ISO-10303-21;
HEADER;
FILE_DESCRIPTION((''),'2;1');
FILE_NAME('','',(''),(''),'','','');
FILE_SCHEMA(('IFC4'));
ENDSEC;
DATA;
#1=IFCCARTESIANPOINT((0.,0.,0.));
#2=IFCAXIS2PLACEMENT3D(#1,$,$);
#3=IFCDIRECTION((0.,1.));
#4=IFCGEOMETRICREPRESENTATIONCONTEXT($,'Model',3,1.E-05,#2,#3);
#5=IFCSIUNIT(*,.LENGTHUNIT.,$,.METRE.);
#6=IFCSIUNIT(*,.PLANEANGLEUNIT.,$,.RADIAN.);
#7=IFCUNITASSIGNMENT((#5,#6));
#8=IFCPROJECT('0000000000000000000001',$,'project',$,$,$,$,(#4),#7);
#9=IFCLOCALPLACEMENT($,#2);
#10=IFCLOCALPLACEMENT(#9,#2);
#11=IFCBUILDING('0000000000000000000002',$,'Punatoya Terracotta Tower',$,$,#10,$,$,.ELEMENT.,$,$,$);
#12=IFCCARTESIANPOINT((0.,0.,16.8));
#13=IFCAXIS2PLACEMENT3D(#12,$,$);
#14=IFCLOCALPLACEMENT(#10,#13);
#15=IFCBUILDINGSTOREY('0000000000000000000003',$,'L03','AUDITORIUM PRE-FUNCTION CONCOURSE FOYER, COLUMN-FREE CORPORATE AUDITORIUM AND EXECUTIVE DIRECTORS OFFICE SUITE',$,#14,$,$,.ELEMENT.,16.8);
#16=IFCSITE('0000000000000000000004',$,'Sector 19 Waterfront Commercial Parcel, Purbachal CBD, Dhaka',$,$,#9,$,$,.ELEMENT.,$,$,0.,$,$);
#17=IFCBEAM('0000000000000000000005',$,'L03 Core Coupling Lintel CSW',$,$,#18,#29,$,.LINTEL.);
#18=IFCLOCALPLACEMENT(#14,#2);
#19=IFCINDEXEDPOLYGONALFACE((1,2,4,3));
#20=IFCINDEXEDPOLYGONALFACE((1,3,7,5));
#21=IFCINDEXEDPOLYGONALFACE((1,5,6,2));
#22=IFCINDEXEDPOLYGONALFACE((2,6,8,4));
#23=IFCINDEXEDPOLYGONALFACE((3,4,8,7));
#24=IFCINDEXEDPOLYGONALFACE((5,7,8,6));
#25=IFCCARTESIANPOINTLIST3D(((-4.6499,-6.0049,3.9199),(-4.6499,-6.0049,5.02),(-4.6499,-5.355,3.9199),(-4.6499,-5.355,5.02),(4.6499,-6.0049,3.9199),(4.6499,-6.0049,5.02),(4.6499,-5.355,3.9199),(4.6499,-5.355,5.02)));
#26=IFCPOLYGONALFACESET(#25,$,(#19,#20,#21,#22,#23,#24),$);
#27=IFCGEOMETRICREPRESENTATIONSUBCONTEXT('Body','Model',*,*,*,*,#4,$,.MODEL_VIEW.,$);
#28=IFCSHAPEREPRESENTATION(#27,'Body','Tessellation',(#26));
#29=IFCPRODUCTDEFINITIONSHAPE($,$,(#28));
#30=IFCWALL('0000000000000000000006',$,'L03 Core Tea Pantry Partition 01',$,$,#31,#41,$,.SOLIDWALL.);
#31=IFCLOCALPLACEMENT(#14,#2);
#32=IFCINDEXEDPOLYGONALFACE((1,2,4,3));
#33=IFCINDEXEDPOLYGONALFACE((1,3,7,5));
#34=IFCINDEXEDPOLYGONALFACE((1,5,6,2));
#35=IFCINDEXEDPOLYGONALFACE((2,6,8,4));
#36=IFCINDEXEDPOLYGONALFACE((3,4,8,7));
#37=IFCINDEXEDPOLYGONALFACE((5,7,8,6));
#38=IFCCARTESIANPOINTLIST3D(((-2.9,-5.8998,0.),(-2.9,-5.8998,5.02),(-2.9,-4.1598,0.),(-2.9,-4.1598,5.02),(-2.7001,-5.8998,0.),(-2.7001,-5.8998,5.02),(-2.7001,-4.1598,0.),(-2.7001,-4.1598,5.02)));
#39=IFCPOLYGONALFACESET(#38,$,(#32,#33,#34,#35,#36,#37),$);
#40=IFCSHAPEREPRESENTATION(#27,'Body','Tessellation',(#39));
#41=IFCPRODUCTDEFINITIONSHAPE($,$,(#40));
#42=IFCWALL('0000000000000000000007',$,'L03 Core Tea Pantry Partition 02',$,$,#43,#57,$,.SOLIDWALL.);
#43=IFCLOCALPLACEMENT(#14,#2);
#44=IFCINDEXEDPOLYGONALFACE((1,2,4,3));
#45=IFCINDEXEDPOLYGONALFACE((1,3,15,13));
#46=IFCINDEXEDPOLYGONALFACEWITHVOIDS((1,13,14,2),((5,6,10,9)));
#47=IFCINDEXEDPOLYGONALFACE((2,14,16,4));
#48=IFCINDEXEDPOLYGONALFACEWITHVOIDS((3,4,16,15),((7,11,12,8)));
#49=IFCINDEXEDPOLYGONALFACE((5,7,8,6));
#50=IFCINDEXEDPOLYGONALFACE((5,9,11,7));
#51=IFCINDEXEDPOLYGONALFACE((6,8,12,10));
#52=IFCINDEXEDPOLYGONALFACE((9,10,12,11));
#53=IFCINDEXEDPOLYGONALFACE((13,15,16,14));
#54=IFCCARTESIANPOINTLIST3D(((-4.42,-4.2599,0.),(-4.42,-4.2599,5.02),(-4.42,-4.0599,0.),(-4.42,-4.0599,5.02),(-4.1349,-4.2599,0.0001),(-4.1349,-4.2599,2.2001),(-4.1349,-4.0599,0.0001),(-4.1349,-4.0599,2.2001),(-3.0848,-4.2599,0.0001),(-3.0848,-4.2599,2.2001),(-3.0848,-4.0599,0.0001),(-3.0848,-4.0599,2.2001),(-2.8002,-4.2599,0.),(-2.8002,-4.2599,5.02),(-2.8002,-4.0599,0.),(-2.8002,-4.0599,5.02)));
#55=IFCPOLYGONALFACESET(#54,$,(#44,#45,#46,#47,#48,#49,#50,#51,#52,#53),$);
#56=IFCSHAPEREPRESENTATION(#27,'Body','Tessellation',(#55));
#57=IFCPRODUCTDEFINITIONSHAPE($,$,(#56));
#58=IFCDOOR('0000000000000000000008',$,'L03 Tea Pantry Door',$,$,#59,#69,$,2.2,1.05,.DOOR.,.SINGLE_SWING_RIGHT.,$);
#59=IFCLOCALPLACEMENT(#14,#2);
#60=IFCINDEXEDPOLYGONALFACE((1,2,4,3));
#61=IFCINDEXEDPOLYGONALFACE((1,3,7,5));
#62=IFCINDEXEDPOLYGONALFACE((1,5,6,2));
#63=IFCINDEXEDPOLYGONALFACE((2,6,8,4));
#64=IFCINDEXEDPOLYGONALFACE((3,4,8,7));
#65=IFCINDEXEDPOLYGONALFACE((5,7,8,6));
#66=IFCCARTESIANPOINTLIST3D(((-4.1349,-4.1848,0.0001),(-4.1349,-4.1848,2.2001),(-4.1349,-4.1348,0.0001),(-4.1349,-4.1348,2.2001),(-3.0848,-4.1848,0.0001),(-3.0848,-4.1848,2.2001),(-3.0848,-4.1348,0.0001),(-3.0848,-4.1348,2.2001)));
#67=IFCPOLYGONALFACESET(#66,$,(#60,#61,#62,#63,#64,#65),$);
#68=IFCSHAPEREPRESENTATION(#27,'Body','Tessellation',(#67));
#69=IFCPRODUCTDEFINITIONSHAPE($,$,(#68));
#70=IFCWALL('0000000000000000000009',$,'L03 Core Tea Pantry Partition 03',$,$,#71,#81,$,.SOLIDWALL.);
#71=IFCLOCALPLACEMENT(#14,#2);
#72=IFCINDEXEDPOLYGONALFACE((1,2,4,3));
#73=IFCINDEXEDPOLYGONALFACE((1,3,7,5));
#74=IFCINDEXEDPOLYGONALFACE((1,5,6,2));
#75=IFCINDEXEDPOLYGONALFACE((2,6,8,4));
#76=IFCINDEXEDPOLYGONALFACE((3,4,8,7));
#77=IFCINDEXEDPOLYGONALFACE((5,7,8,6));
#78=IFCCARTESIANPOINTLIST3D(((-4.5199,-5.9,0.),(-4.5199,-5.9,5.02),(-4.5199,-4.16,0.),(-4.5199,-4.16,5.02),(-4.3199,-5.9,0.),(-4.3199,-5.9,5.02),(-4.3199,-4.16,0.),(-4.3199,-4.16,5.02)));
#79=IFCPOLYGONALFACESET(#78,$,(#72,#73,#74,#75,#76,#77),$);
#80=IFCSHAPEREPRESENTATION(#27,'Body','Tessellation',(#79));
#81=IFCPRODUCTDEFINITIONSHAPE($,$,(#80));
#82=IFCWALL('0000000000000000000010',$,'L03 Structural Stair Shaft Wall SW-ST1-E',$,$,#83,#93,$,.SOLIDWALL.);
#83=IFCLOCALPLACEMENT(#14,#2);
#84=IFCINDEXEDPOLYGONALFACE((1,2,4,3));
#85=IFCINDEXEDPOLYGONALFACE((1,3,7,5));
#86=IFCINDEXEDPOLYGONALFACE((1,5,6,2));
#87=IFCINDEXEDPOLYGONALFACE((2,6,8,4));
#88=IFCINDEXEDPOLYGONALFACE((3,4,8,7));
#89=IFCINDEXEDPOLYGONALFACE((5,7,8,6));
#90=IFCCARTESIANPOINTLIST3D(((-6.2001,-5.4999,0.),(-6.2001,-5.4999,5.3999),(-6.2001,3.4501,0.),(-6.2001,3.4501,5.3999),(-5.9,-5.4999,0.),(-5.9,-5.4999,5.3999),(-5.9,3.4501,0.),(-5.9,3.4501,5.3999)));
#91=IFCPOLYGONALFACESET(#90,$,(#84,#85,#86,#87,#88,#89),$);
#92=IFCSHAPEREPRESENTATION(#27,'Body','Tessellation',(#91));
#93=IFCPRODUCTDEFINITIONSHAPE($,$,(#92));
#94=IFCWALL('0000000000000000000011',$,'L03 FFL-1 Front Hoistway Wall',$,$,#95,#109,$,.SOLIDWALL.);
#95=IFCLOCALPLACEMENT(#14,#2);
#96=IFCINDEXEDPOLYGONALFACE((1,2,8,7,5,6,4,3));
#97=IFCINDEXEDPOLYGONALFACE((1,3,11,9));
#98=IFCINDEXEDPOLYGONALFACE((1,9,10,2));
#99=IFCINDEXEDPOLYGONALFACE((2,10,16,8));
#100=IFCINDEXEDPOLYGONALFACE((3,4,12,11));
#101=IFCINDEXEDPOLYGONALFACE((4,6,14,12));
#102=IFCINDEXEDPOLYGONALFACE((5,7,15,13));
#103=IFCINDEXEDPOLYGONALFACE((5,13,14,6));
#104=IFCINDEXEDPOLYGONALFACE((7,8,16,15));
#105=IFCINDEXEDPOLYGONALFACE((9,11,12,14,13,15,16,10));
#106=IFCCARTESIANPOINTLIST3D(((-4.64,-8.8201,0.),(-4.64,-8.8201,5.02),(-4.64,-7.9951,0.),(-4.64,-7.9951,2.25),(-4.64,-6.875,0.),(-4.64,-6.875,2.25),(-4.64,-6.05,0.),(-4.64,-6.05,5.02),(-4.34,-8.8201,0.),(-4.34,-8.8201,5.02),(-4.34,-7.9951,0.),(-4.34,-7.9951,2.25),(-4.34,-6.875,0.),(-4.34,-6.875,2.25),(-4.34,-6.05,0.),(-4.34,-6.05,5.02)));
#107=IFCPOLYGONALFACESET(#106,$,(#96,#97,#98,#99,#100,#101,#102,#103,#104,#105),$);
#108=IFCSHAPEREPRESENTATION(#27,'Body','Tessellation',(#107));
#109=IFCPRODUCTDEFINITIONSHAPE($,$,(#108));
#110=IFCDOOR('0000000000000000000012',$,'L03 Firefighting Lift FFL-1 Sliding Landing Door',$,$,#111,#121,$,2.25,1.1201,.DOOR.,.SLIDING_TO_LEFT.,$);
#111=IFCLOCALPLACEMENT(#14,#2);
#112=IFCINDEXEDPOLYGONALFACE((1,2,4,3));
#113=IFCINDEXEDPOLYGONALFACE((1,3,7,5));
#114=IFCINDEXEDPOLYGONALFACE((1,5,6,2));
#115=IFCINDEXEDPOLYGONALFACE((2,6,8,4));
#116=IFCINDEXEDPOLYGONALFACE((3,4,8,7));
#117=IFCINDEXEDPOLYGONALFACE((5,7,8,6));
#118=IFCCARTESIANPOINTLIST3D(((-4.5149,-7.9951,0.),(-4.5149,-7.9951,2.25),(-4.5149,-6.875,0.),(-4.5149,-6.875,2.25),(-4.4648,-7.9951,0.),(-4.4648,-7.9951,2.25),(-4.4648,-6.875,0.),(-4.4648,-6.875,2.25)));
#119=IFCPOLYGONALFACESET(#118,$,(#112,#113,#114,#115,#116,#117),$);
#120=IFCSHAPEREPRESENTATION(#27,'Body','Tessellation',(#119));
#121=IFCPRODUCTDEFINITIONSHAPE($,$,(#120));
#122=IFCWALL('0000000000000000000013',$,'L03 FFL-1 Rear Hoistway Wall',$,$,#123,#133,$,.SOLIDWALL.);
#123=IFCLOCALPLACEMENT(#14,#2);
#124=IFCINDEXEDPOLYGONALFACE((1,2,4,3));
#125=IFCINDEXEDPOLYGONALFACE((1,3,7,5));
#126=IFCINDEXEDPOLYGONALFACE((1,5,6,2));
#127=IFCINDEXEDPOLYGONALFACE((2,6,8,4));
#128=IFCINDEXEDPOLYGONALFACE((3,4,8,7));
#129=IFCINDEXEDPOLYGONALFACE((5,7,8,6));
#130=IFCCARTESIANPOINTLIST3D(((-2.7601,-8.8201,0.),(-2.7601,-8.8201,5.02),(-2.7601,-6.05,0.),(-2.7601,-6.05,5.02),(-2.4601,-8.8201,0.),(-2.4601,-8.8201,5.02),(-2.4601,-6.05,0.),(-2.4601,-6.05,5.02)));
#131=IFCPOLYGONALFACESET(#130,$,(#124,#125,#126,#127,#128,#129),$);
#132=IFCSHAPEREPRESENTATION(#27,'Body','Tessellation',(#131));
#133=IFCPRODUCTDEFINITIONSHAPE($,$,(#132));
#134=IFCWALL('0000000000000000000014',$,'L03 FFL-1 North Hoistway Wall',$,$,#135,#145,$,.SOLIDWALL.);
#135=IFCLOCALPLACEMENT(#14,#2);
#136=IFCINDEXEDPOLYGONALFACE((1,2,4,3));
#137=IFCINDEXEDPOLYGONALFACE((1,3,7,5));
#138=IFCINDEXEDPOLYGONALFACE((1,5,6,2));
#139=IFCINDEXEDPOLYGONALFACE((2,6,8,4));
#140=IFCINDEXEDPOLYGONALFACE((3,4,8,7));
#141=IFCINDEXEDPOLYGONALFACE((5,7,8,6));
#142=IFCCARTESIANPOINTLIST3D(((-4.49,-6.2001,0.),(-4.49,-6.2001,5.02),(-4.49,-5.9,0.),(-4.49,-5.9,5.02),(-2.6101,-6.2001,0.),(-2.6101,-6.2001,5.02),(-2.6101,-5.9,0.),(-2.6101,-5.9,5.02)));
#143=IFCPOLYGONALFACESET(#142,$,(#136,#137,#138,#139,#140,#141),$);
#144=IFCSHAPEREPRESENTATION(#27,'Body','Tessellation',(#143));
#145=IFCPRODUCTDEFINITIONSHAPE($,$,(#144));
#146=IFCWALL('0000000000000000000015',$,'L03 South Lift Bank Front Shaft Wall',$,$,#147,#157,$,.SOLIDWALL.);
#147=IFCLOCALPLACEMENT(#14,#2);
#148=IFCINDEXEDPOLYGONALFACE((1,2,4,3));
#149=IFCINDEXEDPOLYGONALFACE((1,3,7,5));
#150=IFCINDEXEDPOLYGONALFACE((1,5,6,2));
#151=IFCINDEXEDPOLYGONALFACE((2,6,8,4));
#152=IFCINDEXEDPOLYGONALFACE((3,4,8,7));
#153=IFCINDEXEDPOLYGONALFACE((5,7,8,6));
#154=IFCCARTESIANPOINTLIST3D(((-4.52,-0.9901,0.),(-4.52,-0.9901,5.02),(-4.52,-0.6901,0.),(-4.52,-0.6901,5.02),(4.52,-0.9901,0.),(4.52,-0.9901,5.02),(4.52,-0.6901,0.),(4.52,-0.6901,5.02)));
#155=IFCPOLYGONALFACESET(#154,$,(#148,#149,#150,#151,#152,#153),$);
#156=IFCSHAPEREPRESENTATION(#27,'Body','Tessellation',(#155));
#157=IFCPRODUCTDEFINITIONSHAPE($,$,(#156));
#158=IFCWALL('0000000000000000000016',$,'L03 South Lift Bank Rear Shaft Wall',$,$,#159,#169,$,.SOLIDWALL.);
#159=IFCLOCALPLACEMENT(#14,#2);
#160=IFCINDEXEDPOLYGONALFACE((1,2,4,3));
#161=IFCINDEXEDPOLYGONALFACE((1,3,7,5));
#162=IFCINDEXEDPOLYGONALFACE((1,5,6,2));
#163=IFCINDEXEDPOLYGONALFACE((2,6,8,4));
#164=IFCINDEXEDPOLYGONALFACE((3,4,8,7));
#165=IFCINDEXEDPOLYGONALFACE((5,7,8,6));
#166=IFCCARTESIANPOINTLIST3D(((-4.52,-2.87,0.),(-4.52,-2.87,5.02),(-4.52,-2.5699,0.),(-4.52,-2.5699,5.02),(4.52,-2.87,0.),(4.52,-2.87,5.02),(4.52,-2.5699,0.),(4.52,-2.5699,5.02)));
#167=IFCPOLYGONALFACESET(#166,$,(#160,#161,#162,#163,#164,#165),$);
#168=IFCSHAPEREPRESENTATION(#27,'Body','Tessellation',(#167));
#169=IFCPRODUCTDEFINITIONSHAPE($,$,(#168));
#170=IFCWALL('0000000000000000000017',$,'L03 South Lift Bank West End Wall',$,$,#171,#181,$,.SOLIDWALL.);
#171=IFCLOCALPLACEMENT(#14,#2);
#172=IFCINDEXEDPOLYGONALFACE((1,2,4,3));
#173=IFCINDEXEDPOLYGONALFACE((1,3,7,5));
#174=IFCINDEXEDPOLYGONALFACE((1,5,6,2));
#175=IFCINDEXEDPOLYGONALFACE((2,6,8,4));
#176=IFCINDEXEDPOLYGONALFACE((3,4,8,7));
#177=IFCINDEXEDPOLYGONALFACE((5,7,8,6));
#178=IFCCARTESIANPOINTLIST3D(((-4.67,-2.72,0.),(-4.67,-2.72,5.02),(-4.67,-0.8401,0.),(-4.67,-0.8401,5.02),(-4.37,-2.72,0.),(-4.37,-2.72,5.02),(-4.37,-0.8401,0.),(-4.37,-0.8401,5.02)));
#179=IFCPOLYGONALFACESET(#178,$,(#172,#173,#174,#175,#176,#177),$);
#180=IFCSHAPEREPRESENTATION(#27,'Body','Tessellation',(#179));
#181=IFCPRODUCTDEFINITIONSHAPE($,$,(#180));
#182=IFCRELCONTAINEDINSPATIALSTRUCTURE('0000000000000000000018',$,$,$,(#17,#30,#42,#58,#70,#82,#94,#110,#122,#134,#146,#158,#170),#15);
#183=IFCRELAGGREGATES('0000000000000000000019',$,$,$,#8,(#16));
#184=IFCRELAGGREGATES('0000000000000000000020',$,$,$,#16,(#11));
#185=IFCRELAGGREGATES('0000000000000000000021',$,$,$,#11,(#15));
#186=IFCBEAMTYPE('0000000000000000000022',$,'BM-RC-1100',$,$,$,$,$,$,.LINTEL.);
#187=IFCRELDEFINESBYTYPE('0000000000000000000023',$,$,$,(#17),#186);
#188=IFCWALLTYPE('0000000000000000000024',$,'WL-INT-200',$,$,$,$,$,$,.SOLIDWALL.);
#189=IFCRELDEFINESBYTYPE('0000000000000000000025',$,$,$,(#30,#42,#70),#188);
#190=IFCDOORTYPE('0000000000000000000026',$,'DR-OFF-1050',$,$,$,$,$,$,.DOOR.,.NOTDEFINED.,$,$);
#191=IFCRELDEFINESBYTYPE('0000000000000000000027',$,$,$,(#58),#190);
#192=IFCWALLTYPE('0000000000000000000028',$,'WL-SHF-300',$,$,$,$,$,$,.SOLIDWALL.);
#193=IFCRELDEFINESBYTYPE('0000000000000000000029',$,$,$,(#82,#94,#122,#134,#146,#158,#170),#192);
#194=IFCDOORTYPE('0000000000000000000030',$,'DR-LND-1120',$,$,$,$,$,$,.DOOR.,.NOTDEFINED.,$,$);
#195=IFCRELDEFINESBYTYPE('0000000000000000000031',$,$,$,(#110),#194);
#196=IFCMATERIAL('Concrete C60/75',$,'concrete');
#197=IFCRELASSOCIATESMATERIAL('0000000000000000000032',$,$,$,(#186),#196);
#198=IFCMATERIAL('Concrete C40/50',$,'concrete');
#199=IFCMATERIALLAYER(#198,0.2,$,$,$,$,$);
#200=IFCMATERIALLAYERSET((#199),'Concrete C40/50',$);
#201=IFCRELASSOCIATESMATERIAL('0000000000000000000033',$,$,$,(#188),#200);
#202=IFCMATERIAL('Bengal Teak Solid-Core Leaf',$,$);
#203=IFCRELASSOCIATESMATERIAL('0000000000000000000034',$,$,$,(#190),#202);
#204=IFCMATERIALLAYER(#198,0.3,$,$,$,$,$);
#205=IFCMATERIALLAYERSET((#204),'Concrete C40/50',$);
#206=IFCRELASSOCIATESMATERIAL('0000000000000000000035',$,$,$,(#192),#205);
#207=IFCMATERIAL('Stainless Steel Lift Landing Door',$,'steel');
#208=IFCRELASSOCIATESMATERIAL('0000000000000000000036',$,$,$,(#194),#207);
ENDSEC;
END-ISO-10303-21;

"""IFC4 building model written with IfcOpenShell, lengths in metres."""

from ifc_helpers import new_model, si_unit, direction, frame, frame_2d, origin, origin_2d, place, context, subcontext, project, spatial, rectangle, extrude, material, layer, layer_set, material_profile, profile_set, type_object, element, fill, save


model = new_model("IFC4")

# Units and contexts
model_context = context("Model", 3, precision=1e-05, world=origin(), true_north=direction((0.0, 1.0)))
body_context = subcontext(model_context, "Body", "Model", "MODEL_VIEW")
ifc_project = project(units=[si_unit("LENGTHUNIT", "METRE"), si_unit("PLANEANGLEUNIT", "RADIAN")], contexts=[model_context])

# Site, building, storey
site_placement = place(None, origin())
site = spatial("IfcSite", under=ifc_project, at=site_placement, Name="Sector 19 Waterfront Commercial Parcel, Purbachal CBD, Dhaka", CompositionType="ELEMENT", RefElevation=0.0)
building_placement = place(site_placement, origin())
building = spatial("IfcBuilding", under=site, at=building_placement, Name="Punatoya Terracotta Tower", CompositionType="ELEMENT")
storey_placement = place(building_placement, frame((0.0, 0.0, 16.8)))
storey = spatial("IfcBuildingStorey", under=building, at=storey_placement, Name="L03", Description="AUDITORIUM PRE-FUNCTION CONCOURSE FOYER, COLUMN-FREE CORPORATE AUDITORIUM AND EXECUTIVE DIRECTORS OFFICE SUITE", CompositionType="ELEMENT", Elevation=16.8)

# Beam
ifc_material_1 = material(Name="Concrete C60/75", Category="concrete")
ifc_material_profile = material_profile(ifc_material_1, rectangle(XDim=0.6499, YDim=1.1001, at=origin_2d()))
ifc_profile_set = profile_set([ifc_material_profile], Name="Concrete C60/75")
beam_type = type_object("IfcBeamType", Name="BM-RC-1100", PredefinedType="LINTEL", material=ifc_profile_set)
beam_placement = place(storey_placement, frame((-4.6499, -5.6799, 4.47), z_axis=(1.0, 0.0, 0.0), x_axis=(0.0, 1.0, 0.0)))
element("IfcBeam", 1, at=beam_placement, inside=storey, type_object=beam_type, Name="L03 Core Coupling Lintel CSW", PredefinedType="LINTEL", context=body_context, shape_type="SweptSolid", body=[
    extrude(rectangle(XDim=0.6499, YDim=1.1001, at=origin_2d()), origin(), (0.0, 0.0, 1.0), 9.2998),
])

# Wall
ifc_material_2 = material(Name="Concrete C40/50", Category="concrete")
ifc_layer_1 = layer(ifc_material_2, 0.2)
ifc_layer_set_1 = layer_set([ifc_layer_1], Name="Concrete C40/50")
wall_type_1 = type_object("IfcWallType", Name="WL-INT-200", PredefinedType="SOLIDWALL", material=ifc_layer_set_1)
wall_1_placement = place(storey_placement, frame((-2.8, -5.8999, 0.0), z_axis=(0.0, 0.0, 1.0), x_axis=(0.0, 1.0, 0.0)))
element("IfcWall", 2, at=wall_1_placement, inside=storey, type_object=wall_type_1, Name="L03 Core Tea Pantry Partition 01", PredefinedType="SOLIDWALL", context=body_context, shape_type="SweptSolid", body=[
    extrude(rectangle(XDim=1.74, YDim=0.2, at=frame_2d((0.8701, 0.0))), origin(), (0.0, 0.0, 1.0), 5.02),
])

# Wall, opening, door
wall_2_placement = place(storey_placement, frame((-2.8, -4.1599, 0.0), z_axis=(0.0, 0.0, 1.0), x_axis=(-1.0, 0.0, 0.0)))
wall_2 = element("IfcWall", 3, at=wall_2_placement, inside=storey, type_object=wall_type_1, Name="L03 Core Tea Pantry Partition 02", PredefinedType="SOLIDWALL", context=body_context, shape_type="SweptSolid", body=[
    extrude(rectangle(XDim=1.6199, YDim=0.2, at=frame_2d((0.8101, 0.0))), origin(), (0.0, 0.0, 1.0), 5.02),
])
opening_1_placement = place(wall_2_placement, frame((0.2849, 0.0, 0.0)))
opening_1 = element("IfcOpeningElement", 4, at=opening_1_placement, cuts=wall_2, PredefinedType="OPENING", context=body_context, shape_type="SweptSolid", body=[
    extrude(rectangle(XDim=1.05, YDim=2.2, at=frame_2d((0.5249, 1.1001))), frame((0.0, 0.1099, 0.0), z_axis=(0.0, -1.0, 0.0), x_axis=(1.0, 0.0, 0.0)), (0.0, 0.0, 1.0), 0.22),
])
ifc_material_3 = material(Name="Bengal Teak Solid-Core Leaf")
door_type_1 = type_object("IfcDoorType", Name="DR-OFF-1050", OperationType="NOTDEFINED", PredefinedType="DOOR", material=ifc_material_3)
door_1_placement = place(opening_1_placement, origin())
door_1 = element("IfcDoor", 5, at=door_1_placement, inside=storey, type_object=door_type_1, Name="L03 Tea Pantry Door", OperationType="SINGLE_SWING_RIGHT", OverallHeight=2.2, OverallWidth=1.05, PredefinedType="DOOR", context=body_context, shape_type="SweptSolid", body=[
    extrude(rectangle(XDim=1.05, YDim=2.2, at=frame_2d((0.5249, 1.1001))), frame((0.0, 0.0249, 0.0), z_axis=(0.0, -1.0, 0.0), x_axis=(1.0, 0.0, 0.0)), (0.0, 0.0, 1.0), 0.05),
])
fill(opening_1, door_1)

# Walls
wall_3_placement = place(storey_placement, frame((-4.4199, -4.1599, 0.0), z_axis=(0.0, 0.0, 1.0), x_axis=(0.0, -1.0, 0.0)))
element("IfcWall", 6, at=wall_3_placement, inside=storey, type_object=wall_type_1, Name="L03 Core Tea Pantry Partition 03", PredefinedType="SOLIDWALL", context=body_context, shape_type="SweptSolid", body=[
    extrude(rectangle(XDim=1.74, YDim=0.2, at=frame_2d((0.8701, 0.0))), origin(), (0.0, 0.0, 1.0), 5.02),
])
ifc_layer_2 = layer(ifc_material_2, 0.3)
ifc_layer_set_2 = layer_set([ifc_layer_2], Name="Concrete C40/50")
wall_type_2 = type_object("IfcWallType", Name="WL-SHF-300", PredefinedType="SOLIDWALL", material=ifc_layer_set_2)
wall_4_placement = place(storey_placement, frame((-6.05, -5.5, 0.0), z_axis=(0.0, 0.0, 1.0), x_axis=(0.0, 1.0, 0.0)))
element("IfcWall", 7, at=wall_4_placement, inside=storey, type_object=wall_type_2, Name="L03 Structural Stair Shaft Wall SW-ST1-E", PredefinedType="SOLIDWALL", context=body_context, shape_type="SweptSolid", body=[
    extrude(rectangle(XDim=8.95, YDim=0.3, at=frame_2d((4.4751, 0.0))), origin(), (0.0, 0.0, 1.0), 5.3999),
])

# Wall, opening, door
wall_5_placement = place(storey_placement, frame((-4.49, -8.8201, 0.0), z_axis=(0.0, 0.0, 1.0), x_axis=(0.0, 1.0, 0.0)))
wall_5 = element("IfcWall", 8, at=wall_5_placement, inside=storey, type_object=wall_type_2, Name="L03 FFL-1 Front Hoistway Wall", PredefinedType="SOLIDWALL", context=body_context, shape_type="SweptSolid", body=[
    extrude(rectangle(XDim=2.77, YDim=0.3, at=frame_2d((1.385, 0.0))), origin(), (0.0, 0.0, 1.0), 5.02),
])
opening_2_placement = place(wall_5_placement, frame((0.825, 0.0, 0.0)))
opening_2 = element("IfcOpeningElement", 9, at=opening_2_placement, cuts=wall_5, PredefinedType="OPENING", context=body_context, shape_type="SweptSolid", body=[
    extrude(rectangle(XDim=1.1201, YDim=2.25, at=frame_2d((0.5601, 1.125))), frame((0.0, 0.1599, 0.0), z_axis=(0.0, -1.0, 0.0), x_axis=(1.0, 0.0, 0.0)), (0.0, 0.0, 1.0), 0.3201),
])
ifc_material_4 = material(Name="Stainless Steel Lift Landing Door", Category="steel")
door_type_2 = type_object("IfcDoorType", Name="DR-LND-1120", OperationType="NOTDEFINED", PredefinedType="DOOR", material=ifc_material_4)
door_2_placement = place(opening_2_placement, origin())
door_2 = element("IfcDoor", 10, at=door_2_placement, inside=storey, type_object=door_type_2, Name="L03 Firefighting Lift FFL-1 Sliding Landing Door", OperationType="SLIDING_TO_LEFT", OverallHeight=2.25, OverallWidth=1.1201, PredefinedType="DOOR", context=body_context, shape_type="SweptSolid", body=[
    extrude(rectangle(XDim=1.1201, YDim=2.25, at=frame_2d((0.5601, 1.125))), frame((0.0, 0.0249, 0.0), z_axis=(0.0, -1.0, 0.0), x_axis=(1.0, 0.0, 0.0)), (0.0, 0.0, 1.0), 0.05),
])
fill(opening_2, door_2)

# Walls
wall_6_placement = place(storey_placement, frame((-2.6101, -8.8201, 0.0), z_axis=(0.0, 0.0, 1.0), x_axis=(0.0, 1.0, 0.0)))
element("IfcWall", 11, at=wall_6_placement, inside=storey, type_object=wall_type_2, Name="L03 FFL-1 Rear Hoistway Wall", PredefinedType="SOLIDWALL", context=body_context, shape_type="SweptSolid", body=[
    extrude(rectangle(XDim=2.77, YDim=0.3, at=frame_2d((1.385, 0.0))), origin(), (0.0, 0.0, 1.0), 5.02),
])
wall_7_placement = place(storey_placement, frame((-4.49, -6.05, 0.0), z_axis=(0.0, 0.0, 1.0), x_axis=(1.0, 0.0, 0.0)))
element("IfcWall", 12, at=wall_7_placement, inside=storey, type_object=wall_type_2, Name="L03 FFL-1 North Hoistway Wall", PredefinedType="SOLIDWALL", context=body_context, shape_type="SweptSolid", body=[
    extrude(rectangle(XDim=1.8799, YDim=0.3, at=frame_2d((0.9399, 0.0))), origin(), (0.0, 0.0, 1.0), 5.02),
])
for number, where, z_axis, x_axis, name in (
    (13, (-4.52, -0.8401, 0.0), (0.0, 0.0, 1.0), (1.0, 0.0, 0.0), "L03 South Lift Bank Front Shaft Wall"),
    (14, (-4.52, -2.72, 0.0), (0.0, 0.0, 1.0), (1.0, 0.0, 0.0), "L03 South Lift Bank Rear Shaft Wall"),
):
    element("IfcWall", number, at=place(storey_placement, frame(where, z_axis=z_axis, x_axis=x_axis)), inside=storey, type_object=wall_type_2, Name=name, PredefinedType="SOLIDWALL", context=body_context, shape_type="SweptSolid", body=[
        extrude(rectangle(XDim=9.04, YDim=0.3, at=frame_2d((4.52, 0.0))), origin(), (0.0, 0.0, 1.0), 5.02),
    ])
wall_8_placement = place(storey_placement, frame((-4.52, -2.72, 0.0), z_axis=(0.0, 0.0, 1.0), x_axis=(0.0, 1.0, 0.0)))
element("IfcWall", 15, at=wall_8_placement, inside=storey, type_object=wall_type_2, Name="L03 South Lift Bank West End Wall", PredefinedType="SOLIDWALL", context=body_context, shape_type="SweptSolid", body=[
    extrude(rectangle(XDim=1.8799, YDim=0.3, at=frame_2d((0.9399, 0.0))), origin(), (0.0, 0.0, 1.0), 5.02),
])

save(model, "model.ifc")
